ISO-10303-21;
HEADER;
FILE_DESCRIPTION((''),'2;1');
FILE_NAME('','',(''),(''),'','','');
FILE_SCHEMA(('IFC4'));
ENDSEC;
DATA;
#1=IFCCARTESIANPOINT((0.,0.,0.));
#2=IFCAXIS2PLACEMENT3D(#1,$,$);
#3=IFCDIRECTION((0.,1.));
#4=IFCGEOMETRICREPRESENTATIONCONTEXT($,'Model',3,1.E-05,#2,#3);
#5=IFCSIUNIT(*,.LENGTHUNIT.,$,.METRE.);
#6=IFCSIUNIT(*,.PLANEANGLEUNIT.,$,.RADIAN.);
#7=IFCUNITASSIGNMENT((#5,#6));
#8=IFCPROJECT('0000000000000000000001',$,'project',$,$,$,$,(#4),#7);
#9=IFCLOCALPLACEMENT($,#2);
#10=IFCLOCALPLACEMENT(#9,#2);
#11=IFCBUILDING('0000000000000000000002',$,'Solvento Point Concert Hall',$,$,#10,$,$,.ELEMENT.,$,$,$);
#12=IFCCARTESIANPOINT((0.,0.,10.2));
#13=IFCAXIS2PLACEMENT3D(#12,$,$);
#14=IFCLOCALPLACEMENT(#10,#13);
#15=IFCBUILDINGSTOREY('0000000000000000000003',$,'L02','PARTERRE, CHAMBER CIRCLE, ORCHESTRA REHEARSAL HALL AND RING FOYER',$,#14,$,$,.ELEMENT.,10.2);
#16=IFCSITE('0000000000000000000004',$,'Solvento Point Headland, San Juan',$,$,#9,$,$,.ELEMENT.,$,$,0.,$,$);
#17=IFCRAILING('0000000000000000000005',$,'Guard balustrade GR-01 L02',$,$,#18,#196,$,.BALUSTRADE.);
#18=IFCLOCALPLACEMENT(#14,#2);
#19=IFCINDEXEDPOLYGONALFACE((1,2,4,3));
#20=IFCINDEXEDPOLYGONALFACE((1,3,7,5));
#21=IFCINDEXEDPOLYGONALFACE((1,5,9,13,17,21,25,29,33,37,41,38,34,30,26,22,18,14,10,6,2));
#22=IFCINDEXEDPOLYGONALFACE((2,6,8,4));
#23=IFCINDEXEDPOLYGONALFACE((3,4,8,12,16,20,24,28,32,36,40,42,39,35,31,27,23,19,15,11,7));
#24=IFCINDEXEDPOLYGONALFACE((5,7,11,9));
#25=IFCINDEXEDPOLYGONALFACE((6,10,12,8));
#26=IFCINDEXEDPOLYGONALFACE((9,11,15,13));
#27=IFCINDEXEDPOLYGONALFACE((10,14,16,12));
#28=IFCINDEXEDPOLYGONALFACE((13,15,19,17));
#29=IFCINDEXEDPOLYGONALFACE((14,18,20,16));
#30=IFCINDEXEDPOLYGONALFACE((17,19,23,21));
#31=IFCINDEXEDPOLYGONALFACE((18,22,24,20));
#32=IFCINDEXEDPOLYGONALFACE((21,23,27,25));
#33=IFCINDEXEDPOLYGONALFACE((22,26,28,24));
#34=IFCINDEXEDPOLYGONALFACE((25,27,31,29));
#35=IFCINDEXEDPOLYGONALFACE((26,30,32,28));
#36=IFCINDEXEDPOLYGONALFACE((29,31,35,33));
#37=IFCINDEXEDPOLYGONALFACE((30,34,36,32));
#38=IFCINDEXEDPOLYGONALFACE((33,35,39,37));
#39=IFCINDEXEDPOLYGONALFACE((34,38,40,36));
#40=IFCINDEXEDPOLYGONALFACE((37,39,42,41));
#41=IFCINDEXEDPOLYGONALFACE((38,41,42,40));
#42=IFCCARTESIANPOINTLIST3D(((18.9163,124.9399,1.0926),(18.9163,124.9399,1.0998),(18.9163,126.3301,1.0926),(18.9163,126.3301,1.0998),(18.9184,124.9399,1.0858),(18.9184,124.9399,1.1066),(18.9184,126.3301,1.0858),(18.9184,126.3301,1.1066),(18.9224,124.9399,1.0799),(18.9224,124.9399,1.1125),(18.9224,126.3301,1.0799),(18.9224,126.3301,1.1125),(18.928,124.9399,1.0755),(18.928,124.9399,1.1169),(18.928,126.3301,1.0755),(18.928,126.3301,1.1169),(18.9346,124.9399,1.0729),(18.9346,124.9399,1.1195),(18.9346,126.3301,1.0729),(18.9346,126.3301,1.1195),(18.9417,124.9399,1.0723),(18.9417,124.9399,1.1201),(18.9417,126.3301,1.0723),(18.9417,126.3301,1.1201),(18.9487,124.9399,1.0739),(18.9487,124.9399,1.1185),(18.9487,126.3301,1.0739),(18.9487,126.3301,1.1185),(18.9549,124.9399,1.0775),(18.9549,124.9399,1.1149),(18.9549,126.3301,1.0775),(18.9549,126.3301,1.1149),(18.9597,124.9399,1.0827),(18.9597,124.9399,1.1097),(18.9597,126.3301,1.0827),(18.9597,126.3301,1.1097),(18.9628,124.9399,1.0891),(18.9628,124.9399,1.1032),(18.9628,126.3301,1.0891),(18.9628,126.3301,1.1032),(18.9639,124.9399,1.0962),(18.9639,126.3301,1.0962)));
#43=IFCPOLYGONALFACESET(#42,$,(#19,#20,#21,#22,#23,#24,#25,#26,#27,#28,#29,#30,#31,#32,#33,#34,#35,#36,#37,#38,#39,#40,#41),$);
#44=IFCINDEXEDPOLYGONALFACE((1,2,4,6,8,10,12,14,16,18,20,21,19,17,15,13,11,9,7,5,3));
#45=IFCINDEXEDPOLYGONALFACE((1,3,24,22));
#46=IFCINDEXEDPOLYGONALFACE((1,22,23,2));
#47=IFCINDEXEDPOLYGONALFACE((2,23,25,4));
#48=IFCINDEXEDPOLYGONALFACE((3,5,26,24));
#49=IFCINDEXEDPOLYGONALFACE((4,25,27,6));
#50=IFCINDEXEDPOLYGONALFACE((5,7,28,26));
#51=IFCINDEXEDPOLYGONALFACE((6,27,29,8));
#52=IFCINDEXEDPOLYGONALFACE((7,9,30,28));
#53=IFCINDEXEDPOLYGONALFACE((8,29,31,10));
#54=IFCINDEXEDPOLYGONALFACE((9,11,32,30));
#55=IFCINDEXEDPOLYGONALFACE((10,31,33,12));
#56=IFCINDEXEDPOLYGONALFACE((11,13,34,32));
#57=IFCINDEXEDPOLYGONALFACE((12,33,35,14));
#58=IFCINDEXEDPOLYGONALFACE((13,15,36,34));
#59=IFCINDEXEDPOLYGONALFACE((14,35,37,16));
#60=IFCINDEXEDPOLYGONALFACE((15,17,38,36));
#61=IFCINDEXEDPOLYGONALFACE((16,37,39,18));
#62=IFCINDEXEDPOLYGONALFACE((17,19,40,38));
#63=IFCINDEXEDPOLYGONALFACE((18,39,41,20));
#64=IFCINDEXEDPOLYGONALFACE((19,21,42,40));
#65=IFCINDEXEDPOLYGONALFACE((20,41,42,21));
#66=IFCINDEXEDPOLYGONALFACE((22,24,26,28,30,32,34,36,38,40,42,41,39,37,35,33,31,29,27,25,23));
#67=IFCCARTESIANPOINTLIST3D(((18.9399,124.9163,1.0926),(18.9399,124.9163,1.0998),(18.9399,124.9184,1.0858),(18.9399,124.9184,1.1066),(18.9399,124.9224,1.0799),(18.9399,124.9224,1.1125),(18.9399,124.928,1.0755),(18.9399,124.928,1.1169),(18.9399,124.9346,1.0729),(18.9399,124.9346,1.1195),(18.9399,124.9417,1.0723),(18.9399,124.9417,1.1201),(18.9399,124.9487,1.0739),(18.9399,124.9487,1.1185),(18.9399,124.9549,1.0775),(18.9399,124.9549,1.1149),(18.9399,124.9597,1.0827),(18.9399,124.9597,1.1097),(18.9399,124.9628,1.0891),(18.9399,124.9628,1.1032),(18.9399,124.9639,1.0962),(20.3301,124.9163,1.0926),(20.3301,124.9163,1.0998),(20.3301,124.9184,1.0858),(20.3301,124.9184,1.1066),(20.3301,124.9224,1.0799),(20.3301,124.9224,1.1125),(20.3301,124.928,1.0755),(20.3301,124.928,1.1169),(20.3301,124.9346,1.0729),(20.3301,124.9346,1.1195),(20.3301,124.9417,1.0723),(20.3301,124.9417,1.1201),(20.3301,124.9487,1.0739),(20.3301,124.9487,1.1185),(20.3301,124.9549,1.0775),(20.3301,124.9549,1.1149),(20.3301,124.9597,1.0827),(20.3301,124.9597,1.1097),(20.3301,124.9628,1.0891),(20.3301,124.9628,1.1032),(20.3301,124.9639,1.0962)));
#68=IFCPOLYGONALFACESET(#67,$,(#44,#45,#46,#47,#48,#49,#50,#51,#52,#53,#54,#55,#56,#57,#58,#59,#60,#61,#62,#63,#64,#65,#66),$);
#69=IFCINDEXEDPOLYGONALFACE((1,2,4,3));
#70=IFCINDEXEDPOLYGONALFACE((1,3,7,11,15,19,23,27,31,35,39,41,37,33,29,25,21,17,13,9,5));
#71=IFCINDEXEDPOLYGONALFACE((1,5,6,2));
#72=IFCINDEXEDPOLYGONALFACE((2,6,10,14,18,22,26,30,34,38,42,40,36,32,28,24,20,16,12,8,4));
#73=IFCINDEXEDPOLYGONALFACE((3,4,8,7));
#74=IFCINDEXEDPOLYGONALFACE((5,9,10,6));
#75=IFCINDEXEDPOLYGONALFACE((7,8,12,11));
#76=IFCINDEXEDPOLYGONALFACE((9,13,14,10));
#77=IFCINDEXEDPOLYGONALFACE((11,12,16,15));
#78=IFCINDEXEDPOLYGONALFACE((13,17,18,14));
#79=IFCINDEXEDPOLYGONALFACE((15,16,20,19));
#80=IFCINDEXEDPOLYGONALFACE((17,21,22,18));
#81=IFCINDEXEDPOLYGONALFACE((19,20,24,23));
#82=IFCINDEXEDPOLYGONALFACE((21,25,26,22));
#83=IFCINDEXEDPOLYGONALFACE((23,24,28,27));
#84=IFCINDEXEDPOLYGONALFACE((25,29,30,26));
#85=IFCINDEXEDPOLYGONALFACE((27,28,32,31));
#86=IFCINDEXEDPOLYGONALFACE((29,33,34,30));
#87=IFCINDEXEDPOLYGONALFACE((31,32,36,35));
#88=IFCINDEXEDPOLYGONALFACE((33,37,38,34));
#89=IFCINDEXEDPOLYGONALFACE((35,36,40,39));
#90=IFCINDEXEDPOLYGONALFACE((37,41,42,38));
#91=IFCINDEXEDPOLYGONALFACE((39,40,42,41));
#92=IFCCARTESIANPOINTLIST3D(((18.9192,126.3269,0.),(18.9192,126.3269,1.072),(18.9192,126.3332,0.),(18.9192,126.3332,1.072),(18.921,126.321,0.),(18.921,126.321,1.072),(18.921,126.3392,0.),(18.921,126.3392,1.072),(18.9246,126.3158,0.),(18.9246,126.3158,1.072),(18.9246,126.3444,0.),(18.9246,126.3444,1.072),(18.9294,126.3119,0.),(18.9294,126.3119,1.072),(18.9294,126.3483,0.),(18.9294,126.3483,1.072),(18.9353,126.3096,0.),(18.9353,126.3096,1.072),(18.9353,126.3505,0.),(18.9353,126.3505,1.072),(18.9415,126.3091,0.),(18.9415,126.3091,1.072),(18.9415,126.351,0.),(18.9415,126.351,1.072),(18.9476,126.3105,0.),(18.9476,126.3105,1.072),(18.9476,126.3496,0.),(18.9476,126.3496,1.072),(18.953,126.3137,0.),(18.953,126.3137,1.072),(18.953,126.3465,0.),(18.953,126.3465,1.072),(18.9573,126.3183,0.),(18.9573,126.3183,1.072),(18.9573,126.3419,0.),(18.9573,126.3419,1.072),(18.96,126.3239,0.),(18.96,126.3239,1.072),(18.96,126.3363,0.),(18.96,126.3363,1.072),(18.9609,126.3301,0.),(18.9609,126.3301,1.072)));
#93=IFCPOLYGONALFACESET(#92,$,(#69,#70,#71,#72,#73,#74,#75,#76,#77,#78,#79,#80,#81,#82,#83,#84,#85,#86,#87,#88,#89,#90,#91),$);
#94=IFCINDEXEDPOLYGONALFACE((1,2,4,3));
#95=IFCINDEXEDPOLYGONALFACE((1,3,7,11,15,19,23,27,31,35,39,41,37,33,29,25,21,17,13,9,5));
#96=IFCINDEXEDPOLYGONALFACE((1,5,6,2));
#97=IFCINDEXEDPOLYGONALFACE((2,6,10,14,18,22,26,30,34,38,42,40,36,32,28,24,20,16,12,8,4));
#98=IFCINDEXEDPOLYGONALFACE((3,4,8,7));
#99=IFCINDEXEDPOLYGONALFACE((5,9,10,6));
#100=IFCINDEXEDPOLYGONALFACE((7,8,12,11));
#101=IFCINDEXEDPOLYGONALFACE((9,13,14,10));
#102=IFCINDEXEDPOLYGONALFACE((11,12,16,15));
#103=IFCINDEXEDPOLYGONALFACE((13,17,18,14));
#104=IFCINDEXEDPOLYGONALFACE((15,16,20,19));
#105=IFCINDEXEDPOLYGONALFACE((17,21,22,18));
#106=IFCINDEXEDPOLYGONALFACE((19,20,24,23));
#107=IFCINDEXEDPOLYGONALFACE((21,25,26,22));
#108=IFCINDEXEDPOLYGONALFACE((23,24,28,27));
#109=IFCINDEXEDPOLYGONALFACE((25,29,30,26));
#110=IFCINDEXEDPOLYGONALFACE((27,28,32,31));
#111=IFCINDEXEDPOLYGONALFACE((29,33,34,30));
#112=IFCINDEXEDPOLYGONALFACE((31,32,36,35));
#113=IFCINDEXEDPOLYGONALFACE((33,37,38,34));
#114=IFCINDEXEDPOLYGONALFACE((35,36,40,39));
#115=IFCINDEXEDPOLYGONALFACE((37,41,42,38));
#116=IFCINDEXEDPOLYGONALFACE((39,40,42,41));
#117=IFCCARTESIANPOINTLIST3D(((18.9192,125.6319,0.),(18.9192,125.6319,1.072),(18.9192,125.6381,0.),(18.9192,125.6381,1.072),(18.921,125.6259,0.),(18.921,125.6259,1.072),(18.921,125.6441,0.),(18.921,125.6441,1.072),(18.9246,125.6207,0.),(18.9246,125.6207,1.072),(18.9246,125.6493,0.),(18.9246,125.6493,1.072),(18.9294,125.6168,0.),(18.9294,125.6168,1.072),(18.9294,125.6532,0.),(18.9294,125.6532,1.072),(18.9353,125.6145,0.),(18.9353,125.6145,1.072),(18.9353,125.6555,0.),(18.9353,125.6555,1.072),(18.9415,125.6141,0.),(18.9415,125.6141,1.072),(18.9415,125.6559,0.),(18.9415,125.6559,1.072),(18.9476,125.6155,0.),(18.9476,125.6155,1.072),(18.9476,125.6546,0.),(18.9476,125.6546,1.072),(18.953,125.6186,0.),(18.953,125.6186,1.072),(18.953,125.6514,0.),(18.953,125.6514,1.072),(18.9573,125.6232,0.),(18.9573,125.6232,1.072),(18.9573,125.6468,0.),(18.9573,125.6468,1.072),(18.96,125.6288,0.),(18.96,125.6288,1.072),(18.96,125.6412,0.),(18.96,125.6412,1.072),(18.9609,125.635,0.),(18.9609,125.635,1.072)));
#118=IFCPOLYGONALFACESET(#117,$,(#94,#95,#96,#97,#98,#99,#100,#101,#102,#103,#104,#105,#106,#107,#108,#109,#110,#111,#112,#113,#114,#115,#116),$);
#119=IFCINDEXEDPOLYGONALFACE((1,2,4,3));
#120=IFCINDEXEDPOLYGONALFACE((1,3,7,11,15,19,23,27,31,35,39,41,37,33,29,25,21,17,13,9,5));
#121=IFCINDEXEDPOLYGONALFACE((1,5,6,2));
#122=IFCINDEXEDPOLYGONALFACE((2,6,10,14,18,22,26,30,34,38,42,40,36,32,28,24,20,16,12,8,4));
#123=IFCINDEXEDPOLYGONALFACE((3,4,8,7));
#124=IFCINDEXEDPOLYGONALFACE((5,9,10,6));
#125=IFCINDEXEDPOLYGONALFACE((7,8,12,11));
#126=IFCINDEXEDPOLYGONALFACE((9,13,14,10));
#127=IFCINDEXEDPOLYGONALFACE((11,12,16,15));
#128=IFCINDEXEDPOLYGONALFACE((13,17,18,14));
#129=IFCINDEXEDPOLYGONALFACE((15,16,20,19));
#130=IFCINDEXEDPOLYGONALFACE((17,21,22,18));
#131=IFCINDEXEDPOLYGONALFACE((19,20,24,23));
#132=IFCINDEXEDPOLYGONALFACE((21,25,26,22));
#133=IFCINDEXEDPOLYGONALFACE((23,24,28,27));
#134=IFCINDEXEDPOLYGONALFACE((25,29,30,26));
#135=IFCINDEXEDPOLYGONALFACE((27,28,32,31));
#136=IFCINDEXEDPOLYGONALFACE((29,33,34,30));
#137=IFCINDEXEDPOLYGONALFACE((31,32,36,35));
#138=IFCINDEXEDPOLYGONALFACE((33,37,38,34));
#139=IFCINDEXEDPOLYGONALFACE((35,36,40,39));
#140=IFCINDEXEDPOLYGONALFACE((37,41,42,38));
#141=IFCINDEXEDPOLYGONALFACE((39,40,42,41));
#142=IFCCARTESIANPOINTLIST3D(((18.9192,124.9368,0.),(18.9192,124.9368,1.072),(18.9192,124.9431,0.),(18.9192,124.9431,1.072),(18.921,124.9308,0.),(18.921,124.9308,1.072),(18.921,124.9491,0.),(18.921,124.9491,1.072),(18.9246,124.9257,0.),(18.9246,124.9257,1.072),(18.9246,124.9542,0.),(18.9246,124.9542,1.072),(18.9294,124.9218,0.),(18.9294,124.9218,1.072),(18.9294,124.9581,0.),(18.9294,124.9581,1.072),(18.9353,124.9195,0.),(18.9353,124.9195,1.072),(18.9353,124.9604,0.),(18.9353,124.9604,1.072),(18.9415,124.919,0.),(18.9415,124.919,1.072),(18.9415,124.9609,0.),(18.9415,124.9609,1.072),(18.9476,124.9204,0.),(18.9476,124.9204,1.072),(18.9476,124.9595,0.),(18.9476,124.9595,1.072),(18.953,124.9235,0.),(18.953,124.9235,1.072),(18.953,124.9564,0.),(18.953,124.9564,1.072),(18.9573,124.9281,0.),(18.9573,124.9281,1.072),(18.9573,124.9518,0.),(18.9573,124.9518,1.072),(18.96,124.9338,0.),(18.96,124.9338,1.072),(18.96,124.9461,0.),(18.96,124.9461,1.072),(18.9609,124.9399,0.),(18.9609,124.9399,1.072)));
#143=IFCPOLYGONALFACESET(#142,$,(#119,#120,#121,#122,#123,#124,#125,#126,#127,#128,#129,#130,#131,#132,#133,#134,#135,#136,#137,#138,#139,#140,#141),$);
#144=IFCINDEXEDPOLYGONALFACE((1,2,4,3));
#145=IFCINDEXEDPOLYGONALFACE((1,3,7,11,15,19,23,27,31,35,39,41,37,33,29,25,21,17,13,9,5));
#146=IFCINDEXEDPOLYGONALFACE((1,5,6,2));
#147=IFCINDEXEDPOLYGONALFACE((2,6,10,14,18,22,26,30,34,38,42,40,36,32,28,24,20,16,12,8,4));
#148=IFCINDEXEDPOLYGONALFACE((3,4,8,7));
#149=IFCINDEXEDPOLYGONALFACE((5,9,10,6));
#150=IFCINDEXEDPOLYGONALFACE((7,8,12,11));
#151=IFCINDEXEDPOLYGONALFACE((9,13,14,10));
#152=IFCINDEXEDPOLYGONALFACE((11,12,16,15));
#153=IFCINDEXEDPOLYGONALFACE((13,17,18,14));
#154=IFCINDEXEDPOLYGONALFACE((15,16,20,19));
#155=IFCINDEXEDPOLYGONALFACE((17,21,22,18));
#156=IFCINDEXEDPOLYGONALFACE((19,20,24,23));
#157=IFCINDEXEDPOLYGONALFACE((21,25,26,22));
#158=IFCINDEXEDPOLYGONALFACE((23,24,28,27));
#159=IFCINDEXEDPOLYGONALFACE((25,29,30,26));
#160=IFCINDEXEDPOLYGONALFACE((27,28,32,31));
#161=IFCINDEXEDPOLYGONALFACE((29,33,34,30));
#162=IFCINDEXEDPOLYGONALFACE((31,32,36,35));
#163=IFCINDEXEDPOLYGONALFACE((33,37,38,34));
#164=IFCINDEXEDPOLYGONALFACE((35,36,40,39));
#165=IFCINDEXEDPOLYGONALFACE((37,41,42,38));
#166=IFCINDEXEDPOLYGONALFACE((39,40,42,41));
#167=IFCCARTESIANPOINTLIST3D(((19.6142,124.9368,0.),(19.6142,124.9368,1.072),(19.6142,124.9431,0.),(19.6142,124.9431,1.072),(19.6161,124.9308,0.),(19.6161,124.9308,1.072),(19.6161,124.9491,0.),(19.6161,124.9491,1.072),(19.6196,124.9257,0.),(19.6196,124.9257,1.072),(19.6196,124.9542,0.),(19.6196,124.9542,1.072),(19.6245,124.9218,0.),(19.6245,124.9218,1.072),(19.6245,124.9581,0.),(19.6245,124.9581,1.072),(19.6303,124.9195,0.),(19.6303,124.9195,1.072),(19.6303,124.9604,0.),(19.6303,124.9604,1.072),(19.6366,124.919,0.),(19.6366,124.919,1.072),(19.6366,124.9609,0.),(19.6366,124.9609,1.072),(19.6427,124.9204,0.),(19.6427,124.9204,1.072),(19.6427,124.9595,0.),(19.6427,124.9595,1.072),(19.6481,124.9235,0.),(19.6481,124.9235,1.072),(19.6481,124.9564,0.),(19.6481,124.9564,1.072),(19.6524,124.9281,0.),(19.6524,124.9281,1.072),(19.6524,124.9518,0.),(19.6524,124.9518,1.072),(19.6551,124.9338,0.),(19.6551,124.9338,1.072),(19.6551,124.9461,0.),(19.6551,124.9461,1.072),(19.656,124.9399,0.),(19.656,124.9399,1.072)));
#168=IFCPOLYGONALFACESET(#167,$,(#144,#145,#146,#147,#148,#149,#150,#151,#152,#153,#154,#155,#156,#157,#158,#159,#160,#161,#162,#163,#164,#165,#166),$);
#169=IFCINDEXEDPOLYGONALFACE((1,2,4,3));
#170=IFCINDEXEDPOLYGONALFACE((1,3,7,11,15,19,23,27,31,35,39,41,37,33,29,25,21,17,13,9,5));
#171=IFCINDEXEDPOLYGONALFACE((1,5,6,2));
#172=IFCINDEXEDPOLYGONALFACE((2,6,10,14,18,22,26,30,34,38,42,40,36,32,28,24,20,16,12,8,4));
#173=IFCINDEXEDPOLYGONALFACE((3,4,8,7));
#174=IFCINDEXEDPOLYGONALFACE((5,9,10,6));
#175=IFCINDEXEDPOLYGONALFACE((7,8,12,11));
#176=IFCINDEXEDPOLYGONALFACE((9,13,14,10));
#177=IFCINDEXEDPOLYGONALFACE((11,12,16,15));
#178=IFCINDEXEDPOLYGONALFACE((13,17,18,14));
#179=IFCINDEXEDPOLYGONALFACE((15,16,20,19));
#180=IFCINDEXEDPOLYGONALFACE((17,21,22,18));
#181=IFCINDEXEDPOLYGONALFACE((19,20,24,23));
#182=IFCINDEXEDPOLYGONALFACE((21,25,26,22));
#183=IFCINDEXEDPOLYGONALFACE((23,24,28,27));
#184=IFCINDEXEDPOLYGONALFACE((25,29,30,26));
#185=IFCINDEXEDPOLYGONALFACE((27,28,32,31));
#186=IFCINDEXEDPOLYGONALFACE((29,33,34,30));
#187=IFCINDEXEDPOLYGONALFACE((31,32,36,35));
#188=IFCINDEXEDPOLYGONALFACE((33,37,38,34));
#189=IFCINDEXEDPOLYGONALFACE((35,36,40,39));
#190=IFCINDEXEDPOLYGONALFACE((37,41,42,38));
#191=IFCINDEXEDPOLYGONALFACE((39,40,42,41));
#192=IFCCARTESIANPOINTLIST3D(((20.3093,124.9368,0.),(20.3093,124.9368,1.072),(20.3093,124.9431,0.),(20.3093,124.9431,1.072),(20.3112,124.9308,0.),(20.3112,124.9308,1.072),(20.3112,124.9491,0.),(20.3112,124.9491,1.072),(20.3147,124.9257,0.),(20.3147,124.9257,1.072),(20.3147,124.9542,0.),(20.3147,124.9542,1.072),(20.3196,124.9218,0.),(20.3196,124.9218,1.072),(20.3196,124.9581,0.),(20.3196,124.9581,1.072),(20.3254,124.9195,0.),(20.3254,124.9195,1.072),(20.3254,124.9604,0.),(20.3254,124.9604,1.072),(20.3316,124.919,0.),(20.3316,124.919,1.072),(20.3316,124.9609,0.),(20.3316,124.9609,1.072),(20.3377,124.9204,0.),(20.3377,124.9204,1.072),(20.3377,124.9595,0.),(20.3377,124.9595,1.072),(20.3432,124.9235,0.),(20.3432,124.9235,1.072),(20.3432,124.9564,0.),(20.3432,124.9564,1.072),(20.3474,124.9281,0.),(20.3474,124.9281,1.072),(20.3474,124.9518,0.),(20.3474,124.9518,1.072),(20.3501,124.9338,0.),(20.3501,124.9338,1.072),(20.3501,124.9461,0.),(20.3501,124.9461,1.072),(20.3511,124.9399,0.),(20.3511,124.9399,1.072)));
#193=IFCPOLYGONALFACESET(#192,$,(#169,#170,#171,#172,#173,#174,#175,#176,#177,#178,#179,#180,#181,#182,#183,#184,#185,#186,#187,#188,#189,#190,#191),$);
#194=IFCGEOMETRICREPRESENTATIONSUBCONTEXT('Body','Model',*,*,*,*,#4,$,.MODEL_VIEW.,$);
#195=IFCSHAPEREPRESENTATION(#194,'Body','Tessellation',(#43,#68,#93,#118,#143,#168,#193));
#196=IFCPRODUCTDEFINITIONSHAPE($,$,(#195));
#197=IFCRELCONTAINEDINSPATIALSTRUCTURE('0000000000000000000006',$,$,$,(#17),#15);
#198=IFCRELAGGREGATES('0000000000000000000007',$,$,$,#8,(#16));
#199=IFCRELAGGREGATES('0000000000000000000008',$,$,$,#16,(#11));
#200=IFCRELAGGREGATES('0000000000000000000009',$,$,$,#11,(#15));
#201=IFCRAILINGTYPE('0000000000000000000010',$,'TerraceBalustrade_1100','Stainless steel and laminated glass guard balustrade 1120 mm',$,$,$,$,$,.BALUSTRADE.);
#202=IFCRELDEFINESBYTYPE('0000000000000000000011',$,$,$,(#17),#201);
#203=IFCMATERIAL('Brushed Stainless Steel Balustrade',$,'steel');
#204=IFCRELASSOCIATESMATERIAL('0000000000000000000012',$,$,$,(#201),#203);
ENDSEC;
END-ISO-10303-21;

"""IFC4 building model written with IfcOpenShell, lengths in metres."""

from ifc_helpers import new_model, si_unit, direction, frame, origin, origin_2d, place, context, subcontext, project, spatial, circle, extrude, material, type_object, element, save


model = new_model("IFC4")

# Units and contexts
model_context = context("Model", 3, precision=1e-05, world=origin(), true_north=direction((0.0, 1.0)))
body_context = subcontext(model_context, "Body", "Model", "MODEL_VIEW")
ifc_project = project(units=[si_unit("LENGTHUNIT", "METRE"), si_unit("PLANEANGLEUNIT", "RADIAN")], contexts=[model_context])

# Site, building, storey
site_placement = place(None, origin())
site = spatial("IfcSite", under=ifc_project, at=site_placement, Name="Solvento Point Headland, San Juan", CompositionType="ELEMENT", RefElevation=0.0)
building_placement = place(site_placement, origin())
building = spatial("IfcBuilding", under=site, at=building_placement, Name="Solvento Point Concert Hall", CompositionType="ELEMENT")
storey_placement = place(building_placement, frame((0.0, 0.0, 10.2)))
storey = spatial("IfcBuildingStorey", under=building, at=storey_placement, Name="L02", Description="PARTERRE, CHAMBER CIRCLE, ORCHESTRA REHEARSAL HALL AND RING FOYER", CompositionType="ELEMENT", Elevation=10.2)

# Railing
ifc_material_1 = material(Name="Brushed Stainless Steel Balustrade", Category="steel")
railing_type = type_object("IfcRailingType", Name="TerraceBalustrade_1100", Description="Stainless steel and laminated glass guard balustrade 1120 mm", PredefinedType="BALUSTRADE", material=ifc_material_1)
railing_1_placement = place(storey_placement, frame((18.9399, 126.3301, 0.0)))
element("IfcRailing", 1, at=railing_1_placement, inside=storey, type_object=railing_type, Name="Guard balustrade GR-01 L02", PredefinedType="BALUSTRADE", context=body_context, shape_type="SweptSolid", body=[
    extrude(circle(Radius=0.0239, at=origin_2d()), frame((0.0, 0.0, 1.0962), z_axis=(0.0, -1.0, 0.0), x_axis=(1.0, 0.0, 0.0)), (0.0, 0.0, 1.0), 1.3901),
    extrude(circle(Radius=0.0239, at=origin_2d()), frame((0.0, -1.3901, 1.0962), z_axis=(1.0, 0.0, 0.0), x_axis=(0.0, 1.0, 0.0)), (0.0, 0.0, 1.0), 1.3901),
    extrude(circle(Radius=0.021, at=origin_2d()), origin(), (0.0, 0.0, 1.0), 1.072),
    extrude(circle(Radius=0.021, at=origin_2d()), frame((0.0, -0.6951, 0.0)), (0.0, 0.0, 1.0), 1.072),
    extrude(circle(Radius=0.021, at=origin_2d()), frame((0.0, -1.3901, 0.0)), (0.0, 0.0, 1.0), 1.072),
    extrude(circle(Radius=0.021, at=origin_2d()), frame((0.6951, -1.3901, 0.0)), (0.0, 0.0, 1.0), 1.072),
    extrude(circle(Radius=0.021, at=origin_2d()), frame((1.3901, -1.3901, 0.0)), (0.0, 0.0, 1.0), 1.072),
])

save(model, "model.ifc")
